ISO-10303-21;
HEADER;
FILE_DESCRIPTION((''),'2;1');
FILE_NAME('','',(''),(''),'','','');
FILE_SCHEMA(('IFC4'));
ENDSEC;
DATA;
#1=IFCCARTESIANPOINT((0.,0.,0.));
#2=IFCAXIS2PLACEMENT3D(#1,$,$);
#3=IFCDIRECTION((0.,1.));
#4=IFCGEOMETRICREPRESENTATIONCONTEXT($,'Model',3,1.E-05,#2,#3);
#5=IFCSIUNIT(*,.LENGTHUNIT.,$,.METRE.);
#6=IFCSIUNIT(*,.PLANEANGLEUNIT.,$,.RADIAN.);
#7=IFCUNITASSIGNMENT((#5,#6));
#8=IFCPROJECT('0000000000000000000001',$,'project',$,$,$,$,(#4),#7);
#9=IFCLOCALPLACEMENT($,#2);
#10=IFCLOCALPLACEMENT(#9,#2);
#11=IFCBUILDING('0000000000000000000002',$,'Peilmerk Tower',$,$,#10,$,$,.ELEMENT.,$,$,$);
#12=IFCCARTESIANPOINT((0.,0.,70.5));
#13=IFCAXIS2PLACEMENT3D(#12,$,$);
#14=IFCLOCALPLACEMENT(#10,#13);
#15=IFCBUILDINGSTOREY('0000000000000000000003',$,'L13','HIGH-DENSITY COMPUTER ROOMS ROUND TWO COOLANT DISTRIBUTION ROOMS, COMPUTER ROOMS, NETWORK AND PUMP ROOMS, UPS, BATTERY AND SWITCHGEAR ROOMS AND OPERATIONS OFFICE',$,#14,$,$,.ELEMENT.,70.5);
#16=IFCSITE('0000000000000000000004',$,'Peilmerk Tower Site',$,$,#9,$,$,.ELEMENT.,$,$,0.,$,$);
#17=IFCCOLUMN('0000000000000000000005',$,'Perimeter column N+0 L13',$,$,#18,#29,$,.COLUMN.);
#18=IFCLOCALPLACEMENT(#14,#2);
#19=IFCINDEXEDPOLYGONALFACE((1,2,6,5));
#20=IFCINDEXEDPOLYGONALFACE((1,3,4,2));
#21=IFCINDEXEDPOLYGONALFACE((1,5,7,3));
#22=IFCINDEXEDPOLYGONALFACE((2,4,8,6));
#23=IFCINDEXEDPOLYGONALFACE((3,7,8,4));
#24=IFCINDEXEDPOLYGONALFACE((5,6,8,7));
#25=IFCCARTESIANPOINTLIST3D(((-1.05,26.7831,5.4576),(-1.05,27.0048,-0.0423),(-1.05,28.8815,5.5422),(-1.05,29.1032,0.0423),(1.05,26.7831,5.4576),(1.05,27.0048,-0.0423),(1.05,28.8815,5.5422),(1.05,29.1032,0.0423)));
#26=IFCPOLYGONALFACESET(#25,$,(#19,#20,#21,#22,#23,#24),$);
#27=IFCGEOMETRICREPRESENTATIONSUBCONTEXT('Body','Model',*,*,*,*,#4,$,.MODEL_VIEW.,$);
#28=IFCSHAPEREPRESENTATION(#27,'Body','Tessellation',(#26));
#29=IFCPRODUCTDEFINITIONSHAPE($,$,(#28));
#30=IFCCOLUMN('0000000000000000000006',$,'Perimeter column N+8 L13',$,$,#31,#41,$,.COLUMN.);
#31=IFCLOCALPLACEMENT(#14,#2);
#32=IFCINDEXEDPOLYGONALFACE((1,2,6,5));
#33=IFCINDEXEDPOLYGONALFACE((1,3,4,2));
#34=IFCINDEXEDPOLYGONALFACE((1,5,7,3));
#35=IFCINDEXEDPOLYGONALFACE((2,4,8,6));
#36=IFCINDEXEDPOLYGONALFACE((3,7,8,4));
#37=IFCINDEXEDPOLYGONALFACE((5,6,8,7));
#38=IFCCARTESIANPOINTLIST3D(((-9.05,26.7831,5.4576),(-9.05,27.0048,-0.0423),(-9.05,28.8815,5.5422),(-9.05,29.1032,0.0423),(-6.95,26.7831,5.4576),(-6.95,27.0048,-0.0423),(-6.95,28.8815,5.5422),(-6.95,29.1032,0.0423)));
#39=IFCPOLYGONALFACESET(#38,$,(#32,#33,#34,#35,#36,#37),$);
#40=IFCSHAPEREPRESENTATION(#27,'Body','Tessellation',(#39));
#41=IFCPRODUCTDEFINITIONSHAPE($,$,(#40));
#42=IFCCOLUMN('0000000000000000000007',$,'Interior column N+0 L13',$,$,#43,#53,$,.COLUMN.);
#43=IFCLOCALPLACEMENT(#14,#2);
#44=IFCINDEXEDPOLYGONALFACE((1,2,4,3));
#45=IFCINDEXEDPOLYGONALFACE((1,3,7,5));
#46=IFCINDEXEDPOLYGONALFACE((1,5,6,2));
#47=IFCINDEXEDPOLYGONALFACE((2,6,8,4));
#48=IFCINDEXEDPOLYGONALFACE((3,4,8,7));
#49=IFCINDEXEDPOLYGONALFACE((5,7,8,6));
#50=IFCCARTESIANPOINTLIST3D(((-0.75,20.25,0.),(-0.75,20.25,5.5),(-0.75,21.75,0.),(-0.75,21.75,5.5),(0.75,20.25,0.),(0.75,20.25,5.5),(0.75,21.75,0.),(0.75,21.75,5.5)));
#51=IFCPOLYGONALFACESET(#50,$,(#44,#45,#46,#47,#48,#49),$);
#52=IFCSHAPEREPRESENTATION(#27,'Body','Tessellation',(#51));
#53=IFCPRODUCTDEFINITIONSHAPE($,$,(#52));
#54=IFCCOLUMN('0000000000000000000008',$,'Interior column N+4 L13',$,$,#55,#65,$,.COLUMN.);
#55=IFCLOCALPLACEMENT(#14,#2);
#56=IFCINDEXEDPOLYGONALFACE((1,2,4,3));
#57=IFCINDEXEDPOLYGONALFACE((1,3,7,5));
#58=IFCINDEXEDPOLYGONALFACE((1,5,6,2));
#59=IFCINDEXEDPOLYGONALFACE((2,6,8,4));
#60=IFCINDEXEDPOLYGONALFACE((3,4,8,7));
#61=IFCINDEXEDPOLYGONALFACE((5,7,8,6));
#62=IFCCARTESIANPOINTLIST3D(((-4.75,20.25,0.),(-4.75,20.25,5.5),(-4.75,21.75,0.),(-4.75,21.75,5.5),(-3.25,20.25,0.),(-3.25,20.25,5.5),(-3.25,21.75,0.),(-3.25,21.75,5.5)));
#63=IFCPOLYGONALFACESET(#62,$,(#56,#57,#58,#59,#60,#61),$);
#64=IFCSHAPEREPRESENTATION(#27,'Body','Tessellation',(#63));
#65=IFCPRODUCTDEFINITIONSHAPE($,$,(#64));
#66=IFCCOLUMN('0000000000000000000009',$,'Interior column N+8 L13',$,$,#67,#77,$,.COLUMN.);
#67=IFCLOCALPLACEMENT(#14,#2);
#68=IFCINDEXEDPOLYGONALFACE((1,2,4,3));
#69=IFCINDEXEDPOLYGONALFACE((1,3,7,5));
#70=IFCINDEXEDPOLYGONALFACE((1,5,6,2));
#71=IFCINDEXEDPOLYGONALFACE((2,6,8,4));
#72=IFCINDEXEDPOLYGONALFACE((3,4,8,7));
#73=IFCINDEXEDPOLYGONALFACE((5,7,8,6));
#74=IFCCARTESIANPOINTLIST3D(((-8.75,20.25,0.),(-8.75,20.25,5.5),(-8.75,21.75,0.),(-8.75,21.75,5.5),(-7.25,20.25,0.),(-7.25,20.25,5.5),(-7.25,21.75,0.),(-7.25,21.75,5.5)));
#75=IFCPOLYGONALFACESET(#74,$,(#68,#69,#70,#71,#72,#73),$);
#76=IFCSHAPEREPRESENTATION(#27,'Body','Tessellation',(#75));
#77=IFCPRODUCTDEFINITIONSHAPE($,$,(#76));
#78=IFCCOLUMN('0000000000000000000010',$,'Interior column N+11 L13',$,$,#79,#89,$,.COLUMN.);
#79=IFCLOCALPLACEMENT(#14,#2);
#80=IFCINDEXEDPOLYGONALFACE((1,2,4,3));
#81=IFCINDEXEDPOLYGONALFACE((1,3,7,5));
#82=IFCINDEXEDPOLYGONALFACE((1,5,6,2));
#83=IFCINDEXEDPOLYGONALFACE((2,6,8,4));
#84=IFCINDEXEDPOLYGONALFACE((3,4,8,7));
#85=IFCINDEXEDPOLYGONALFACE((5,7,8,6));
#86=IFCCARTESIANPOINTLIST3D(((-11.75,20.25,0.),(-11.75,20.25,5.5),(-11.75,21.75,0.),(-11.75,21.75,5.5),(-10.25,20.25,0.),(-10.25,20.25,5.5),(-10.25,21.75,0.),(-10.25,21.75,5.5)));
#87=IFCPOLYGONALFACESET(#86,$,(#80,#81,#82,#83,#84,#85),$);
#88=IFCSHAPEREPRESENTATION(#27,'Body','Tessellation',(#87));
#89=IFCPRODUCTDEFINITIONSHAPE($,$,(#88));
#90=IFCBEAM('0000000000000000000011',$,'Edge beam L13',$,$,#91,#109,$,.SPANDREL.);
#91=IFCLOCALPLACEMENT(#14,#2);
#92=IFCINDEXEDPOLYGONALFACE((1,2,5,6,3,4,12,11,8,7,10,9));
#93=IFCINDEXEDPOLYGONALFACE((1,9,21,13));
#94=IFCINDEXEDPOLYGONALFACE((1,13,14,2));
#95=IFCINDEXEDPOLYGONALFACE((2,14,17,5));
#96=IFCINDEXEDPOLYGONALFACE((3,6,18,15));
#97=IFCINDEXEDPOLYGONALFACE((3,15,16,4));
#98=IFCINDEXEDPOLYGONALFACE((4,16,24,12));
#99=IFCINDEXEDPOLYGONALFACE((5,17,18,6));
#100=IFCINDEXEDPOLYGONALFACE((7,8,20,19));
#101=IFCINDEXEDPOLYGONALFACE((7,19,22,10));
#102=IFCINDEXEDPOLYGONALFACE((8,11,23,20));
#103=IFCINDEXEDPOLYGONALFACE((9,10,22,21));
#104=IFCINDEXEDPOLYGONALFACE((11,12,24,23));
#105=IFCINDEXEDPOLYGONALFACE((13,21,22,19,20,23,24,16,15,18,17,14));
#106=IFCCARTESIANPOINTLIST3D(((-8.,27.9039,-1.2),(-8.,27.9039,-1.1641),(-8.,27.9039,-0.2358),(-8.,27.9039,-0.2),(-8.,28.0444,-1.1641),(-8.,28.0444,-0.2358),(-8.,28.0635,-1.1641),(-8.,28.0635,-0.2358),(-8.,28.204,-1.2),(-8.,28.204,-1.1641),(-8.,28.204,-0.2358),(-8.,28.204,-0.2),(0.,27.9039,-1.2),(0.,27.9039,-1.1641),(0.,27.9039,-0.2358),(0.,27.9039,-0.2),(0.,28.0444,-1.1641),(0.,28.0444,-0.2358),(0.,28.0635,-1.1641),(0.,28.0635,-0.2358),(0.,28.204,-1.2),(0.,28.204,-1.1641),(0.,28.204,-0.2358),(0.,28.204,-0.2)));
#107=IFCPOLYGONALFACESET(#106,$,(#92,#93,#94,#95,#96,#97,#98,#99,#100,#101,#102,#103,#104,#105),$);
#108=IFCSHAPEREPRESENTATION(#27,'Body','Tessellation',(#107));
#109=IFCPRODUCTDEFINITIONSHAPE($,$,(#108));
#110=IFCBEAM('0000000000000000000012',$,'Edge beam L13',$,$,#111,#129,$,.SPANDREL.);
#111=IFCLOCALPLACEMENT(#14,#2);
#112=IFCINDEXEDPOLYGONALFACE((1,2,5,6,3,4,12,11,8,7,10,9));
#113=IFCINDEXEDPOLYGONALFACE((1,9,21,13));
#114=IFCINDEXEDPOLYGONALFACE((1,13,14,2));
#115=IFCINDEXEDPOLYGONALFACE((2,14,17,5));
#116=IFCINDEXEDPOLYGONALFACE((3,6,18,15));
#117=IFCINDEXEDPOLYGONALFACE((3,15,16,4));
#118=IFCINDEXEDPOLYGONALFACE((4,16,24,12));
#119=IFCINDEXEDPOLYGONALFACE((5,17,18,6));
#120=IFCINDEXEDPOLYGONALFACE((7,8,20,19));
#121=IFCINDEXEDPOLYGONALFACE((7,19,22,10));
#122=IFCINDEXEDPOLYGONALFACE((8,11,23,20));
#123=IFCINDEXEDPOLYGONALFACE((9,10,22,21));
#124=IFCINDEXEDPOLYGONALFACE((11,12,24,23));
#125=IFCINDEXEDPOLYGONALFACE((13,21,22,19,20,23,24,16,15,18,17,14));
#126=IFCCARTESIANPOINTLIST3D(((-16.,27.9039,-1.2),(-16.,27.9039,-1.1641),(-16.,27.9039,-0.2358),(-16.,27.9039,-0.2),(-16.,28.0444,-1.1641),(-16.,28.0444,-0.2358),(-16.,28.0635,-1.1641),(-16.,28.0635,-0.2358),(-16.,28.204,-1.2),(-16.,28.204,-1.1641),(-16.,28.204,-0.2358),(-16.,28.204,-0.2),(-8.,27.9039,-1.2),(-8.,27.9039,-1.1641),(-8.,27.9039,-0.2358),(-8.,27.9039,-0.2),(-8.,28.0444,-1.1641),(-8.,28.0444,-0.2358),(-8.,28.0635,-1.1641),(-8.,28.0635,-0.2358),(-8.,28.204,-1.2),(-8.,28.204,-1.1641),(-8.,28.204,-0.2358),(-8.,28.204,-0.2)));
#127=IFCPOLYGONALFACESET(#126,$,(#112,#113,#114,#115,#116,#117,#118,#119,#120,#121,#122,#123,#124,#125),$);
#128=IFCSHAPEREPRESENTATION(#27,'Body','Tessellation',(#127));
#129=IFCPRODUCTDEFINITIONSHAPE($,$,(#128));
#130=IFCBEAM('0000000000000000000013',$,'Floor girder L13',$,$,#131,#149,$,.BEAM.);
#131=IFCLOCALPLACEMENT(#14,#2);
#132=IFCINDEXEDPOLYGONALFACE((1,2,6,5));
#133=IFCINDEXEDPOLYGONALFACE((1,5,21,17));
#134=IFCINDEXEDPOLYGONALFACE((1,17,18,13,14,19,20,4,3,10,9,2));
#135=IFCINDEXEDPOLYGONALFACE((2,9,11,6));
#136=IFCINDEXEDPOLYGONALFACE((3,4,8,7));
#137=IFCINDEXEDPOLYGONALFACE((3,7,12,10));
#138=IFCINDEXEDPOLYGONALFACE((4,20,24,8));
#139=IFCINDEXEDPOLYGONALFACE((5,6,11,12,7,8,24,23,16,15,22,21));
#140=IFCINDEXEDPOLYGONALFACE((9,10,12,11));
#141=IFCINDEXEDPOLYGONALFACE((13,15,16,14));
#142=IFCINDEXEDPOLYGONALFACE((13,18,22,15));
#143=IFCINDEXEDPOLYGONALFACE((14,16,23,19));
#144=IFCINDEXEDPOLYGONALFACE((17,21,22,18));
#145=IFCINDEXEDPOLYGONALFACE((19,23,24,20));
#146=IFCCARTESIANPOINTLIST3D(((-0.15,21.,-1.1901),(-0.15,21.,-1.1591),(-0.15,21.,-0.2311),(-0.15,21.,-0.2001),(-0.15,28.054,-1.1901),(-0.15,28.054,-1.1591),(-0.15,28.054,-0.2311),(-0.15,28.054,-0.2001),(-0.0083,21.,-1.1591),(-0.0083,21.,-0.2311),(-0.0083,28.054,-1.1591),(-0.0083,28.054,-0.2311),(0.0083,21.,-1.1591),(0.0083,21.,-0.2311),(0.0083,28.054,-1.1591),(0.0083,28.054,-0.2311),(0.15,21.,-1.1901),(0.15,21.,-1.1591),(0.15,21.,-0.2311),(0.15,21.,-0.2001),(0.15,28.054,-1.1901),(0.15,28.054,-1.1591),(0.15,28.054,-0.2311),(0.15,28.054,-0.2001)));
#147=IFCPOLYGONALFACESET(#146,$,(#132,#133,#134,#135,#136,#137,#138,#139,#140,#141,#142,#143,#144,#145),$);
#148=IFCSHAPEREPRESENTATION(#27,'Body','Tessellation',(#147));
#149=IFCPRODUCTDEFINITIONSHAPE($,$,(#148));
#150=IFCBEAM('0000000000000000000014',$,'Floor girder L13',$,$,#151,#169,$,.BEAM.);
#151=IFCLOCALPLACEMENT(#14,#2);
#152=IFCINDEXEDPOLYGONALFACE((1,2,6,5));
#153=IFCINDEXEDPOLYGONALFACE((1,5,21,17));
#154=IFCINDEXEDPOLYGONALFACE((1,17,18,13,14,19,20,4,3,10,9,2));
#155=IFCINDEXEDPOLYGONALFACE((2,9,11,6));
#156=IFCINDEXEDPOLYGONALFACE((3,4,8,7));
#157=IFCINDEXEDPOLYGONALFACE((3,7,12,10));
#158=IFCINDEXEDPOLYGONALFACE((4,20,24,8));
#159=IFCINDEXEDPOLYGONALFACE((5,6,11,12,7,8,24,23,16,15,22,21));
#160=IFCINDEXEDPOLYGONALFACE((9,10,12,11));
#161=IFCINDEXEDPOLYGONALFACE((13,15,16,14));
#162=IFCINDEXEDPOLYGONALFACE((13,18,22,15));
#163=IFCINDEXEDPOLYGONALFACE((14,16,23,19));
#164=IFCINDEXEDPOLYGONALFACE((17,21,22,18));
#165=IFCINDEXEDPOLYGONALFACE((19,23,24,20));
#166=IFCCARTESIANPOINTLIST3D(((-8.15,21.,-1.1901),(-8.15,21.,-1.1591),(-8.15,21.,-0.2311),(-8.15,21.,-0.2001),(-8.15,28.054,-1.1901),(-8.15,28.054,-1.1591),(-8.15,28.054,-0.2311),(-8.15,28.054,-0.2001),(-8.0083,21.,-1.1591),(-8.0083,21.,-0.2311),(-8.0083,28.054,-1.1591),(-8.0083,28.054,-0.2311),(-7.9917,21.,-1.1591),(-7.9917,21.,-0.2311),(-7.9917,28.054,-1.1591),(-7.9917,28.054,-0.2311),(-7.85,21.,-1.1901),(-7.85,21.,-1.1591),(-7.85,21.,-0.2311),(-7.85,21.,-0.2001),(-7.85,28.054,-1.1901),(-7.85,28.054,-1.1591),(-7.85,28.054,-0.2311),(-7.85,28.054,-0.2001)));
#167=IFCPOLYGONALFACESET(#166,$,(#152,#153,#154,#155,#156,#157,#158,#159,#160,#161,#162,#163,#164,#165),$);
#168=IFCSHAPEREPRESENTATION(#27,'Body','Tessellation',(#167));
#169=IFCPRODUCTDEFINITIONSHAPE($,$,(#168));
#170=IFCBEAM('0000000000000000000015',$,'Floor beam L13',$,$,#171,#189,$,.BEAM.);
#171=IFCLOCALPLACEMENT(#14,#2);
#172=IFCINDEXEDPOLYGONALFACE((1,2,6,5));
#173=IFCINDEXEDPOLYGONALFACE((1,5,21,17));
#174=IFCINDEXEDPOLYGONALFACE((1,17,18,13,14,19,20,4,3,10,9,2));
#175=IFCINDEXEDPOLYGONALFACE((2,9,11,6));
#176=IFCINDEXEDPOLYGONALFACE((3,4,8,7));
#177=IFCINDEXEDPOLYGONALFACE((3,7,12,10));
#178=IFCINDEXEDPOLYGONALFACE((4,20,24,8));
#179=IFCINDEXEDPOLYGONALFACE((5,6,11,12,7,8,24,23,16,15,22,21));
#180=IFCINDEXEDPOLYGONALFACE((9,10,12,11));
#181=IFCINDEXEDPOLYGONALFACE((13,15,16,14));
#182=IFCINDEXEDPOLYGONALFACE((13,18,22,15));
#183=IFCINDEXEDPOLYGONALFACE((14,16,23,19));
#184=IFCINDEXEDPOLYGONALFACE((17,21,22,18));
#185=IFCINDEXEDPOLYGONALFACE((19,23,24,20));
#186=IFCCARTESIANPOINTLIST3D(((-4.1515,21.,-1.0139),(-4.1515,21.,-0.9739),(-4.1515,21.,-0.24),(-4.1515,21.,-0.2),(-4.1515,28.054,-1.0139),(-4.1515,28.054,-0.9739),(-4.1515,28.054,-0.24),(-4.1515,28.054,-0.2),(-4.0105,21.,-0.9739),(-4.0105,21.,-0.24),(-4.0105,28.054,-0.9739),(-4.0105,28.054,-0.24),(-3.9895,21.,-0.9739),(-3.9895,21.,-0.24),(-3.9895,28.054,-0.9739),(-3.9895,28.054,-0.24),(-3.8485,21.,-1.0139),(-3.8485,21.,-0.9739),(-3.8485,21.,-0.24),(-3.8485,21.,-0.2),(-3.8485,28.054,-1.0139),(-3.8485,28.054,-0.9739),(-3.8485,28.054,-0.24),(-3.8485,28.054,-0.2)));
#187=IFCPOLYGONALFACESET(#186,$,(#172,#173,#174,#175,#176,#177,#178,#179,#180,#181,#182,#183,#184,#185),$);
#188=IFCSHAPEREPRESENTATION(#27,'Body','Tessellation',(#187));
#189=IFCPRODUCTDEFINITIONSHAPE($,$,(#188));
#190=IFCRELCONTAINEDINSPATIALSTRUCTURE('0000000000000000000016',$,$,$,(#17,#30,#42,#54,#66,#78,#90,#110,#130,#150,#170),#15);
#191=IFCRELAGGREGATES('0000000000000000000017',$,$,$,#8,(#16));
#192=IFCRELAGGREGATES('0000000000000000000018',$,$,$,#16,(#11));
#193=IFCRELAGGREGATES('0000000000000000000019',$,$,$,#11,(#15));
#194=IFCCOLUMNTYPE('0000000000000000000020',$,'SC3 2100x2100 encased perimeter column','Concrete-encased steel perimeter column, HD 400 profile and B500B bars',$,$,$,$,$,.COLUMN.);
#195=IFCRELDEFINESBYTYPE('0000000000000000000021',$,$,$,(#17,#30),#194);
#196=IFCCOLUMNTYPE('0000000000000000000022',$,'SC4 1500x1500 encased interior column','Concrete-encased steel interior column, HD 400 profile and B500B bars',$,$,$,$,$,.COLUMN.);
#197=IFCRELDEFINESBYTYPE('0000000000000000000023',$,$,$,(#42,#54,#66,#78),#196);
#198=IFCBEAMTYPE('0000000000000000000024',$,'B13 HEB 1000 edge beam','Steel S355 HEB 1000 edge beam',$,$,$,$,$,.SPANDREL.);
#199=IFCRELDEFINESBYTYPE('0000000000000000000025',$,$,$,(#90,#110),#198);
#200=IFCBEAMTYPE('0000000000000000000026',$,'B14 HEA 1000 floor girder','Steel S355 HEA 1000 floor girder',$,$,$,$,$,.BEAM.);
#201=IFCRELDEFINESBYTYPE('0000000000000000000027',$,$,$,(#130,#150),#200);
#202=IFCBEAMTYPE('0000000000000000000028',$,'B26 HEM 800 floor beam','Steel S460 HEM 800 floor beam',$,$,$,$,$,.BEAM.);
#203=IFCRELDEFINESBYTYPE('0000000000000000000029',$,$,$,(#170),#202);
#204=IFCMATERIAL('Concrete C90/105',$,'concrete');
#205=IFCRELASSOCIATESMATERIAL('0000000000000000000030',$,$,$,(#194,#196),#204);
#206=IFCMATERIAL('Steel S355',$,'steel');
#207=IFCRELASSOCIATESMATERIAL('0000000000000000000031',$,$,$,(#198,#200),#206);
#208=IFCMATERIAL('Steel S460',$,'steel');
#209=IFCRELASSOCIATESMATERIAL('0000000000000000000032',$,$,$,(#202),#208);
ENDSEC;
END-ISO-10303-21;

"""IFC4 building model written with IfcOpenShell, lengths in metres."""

from ifc_helpers import new_model, si_unit, direction, frame, origin, origin_2d, place, context, subcontext, project, spatial, rectangle, i_section, extrude, material, material_profile, profile_set, type_object, element, save


model = new_model("IFC4")

# Units and contexts
model_context = context("Model", 3, precision=1e-05, world=origin(), true_north=direction((0.0, 1.0)))
body_context = subcontext(model_context, "Body", "Model", "MODEL_VIEW")
ifc_project = project(units=[si_unit("LENGTHUNIT", "METRE"), si_unit("PLANEANGLEUNIT", "RADIAN")], contexts=[model_context])

# Site, building, storey
site_placement = place(None, origin())
site = spatial("IfcSite", under=ifc_project, at=site_placement, Name="Peilmerk Tower Site", CompositionType="ELEMENT", RefElevation=0.0)
building_placement = place(site_placement, origin())
building = spatial("IfcBuilding", under=site, at=building_placement, Name="Peilmerk Tower", CompositionType="ELEMENT")
storey_placement = place(building_placement, frame((0.0, 0.0, 70.5)))
storey = spatial("IfcBuildingStorey", under=building, at=storey_placement, Name="L13", Description="HIGH-DENSITY COMPUTER ROOMS ROUND TWO COOLANT DISTRIBUTION ROOMS, COMPUTER ROOMS, NETWORK AND PUMP ROOMS, UPS, BATTERY AND SWITCHGEAR ROOMS AND OPERATIONS OFFICE", CompositionType="ELEMENT", Elevation=70.5)

# Columns
ifc_material_1 = material(Name="Concrete C90/105", Category="concrete")
ifc_material_profile_1 = material_profile(ifc_material_1, rectangle(XDim=2.1001, YDim=2.1001, at=origin_2d()), Name="RC 2100x2100")
ifc_profile_set_1 = profile_set([ifc_material_profile_1], Name="Concrete C90/105")
column_type_1 = type_object("IfcColumnType", Name="SC3 2100x2100 encased perimeter column", Description="Concrete-encased steel perimeter column, HD 400 profile and B500B bars", PredefinedType="COLUMN", material=ifc_profile_set_1)
for number, where, z_axis, x_axis, name in (
    (1, (0.0, 28.054, 0.0), (0.0, -0.040273, 0.999189), (1.0, 0.0, 0.0), "Perimeter column N+0 L13"),
    (2, (-8.0, 28.054, 0.0), (0.0, -0.040273, 0.999189), (1.0, 0.0, 0.0), "Perimeter column N+8 L13"),
):
    element("IfcColumn", number, at=place(storey_placement, frame(where, z_axis=z_axis, x_axis=x_axis)), inside=storey, type_object=column_type_1, Name=name, PredefinedType="COLUMN", context=body_context, shape_type="SweptSolid", body=[
        extrude(rectangle(XDim=2.1001, YDim=2.1001, at=origin_2d()), origin(), (0.0, 0.0, 1.0), 5.5044),
    ])
ifc_material_profile_2 = material_profile(ifc_material_1, rectangle(XDim=1.5, YDim=1.5, at=origin_2d()), Name="RC 1500x1500")
ifc_profile_set_2 = profile_set([ifc_material_profile_2], Name="Concrete C90/105")
column_type_2 = type_object("IfcColumnType", Name="SC4 1500x1500 encased interior column", Description="Concrete-encased steel interior column, HD 400 profile and B500B bars", PredefinedType="COLUMN", material=ifc_profile_set_2)
for number, where, z_axis, x_axis, name in (
    (3, (0.0, 21.0, 0.0), (0.0, 0.0, 1.0), (1.0, 0.0, 0.0), "Interior column N+0 L13"),
    (4, (-4.0, 21.0, 0.0), (0.0, 0.0, 1.0), (1.0, 0.0, 0.0), "Interior column N+4 L13"),
    (5, (-8.0, 21.0, 0.0), (0.0, 0.0, 1.0), (1.0, 0.0, 0.0), "Interior column N+8 L13"),
    (6, (-11.0, 21.0, 0.0), (0.0, 0.0, 1.0), (1.0, 0.0, 0.0), "Interior column N+11 L13"),
):
    element("IfcColumn", number, at=place(storey_placement, frame(where, z_axis=z_axis, x_axis=x_axis)), inside=storey, type_object=column_type_2, Name=name, PredefinedType="COLUMN", context=body_context, shape_type="SweptSolid", body=[
        extrude(rectangle(XDim=1.5, YDim=1.5, at=origin_2d()), origin(), (0.0, 0.0, 1.0), 5.5),
    ])

# Beams
ifc_material_2 = material(Name="Steel S355", Category="steel")
ifc_material_profile_3 = material_profile(ifc_material_2, i_section(OverallWidth=0.3, OverallDepth=1.0, WebThickness=0.019, FlangeThickness=0.0359, at=origin_2d()), Name="HEB 1000")
ifc_profile_set_3 = profile_set([ifc_material_profile_3], Name="Steel S355")
beam_type_1 = type_object("IfcBeamType", Name="B13 HEB 1000 edge beam", Description="Steel S355 HEB 1000 edge beam", PredefinedType="SPANDREL", material=ifc_profile_set_3)
for number, where, z_axis, x_axis, name in (
    (7, (0.0, 28.054, -0.7), (-1.0, 0.0, 0.0), (0.0, -1.0, 0.0), "Edge beam L13"),
    (8, (-8.0, 28.054, -0.7), (-1.0, 0.0, 0.0), (0.0, -1.0, 0.0), "Edge beam L13"),
):
    element("IfcBeam", number, at=place(storey_placement, frame(where, z_axis=z_axis, x_axis=x_axis)), inside=storey, type_object=beam_type_1, Name=name, PredefinedType="SPANDREL", context=body_context, shape_type="SweptSolid", body=[
        extrude(i_section(OverallWidth=0.3, OverallDepth=1.0, WebThickness=0.019, FlangeThickness=0.0359, at=origin_2d()), origin(), (0.0, 0.0, 1.0), 8.0),
    ])
ifc_material_profile_4 = material_profile(ifc_material_2, i_section(OverallWidth=0.3, OverallDepth=0.99, WebThickness=0.0166, FlangeThickness=0.031, at=origin_2d()), Name="HEA 1000")
ifc_profile_set_4 = profile_set([ifc_material_profile_4], Name="Steel S355")
beam_type_2 = type_object("IfcBeamType", Name="B14 HEA 1000 floor girder", Description="Steel S355 HEA 1000 floor girder", PredefinedType="BEAM", material=ifc_profile_set_4)
for number, where, z_axis, x_axis, name in (
    (9, (0.0, 21.0, -0.6951), (0.0, 1.0, 0.0), (-1.0, 0.0, 0.0), "Floor girder L13"),
    (10, (-8.0, 21.0, -0.6951), (0.0, 1.0, 0.0), (-1.0, 0.0, 0.0), "Floor girder L13"),
):
    element("IfcBeam", number, at=place(storey_placement, frame(where, z_axis=z_axis, x_axis=x_axis)), inside=storey, type_object=beam_type_2, Name=name, PredefinedType="BEAM", context=body_context, shape_type="SweptSolid", body=[
        extrude(i_section(OverallWidth=0.3, OverallDepth=0.99, WebThickness=0.0166, FlangeThickness=0.031, at=origin_2d()), origin(), (0.0, 0.0, 1.0), 7.054),
    ])
ifc_material_3 = material(Name="Steel S460", Category="steel")
ifc_material_profile_5 = material_profile(ifc_material_3, i_section(OverallWidth=0.303, OverallDepth=0.814, WebThickness=0.021, FlangeThickness=0.04, at=origin_2d()), Name="HEM 800")
ifc_profile_set_5 = profile_set([ifc_material_profile_5], Name="Steel S460")
beam_type_3 = type_object("IfcBeamType", Name="B26 HEM 800 floor beam", Description="Steel S460 HEM 800 floor beam", PredefinedType="BEAM", material=ifc_profile_set_5)
for number, where, z_axis, x_axis, name in (
    (11, (-4.0, 21.0, -0.6069), (0.0, 1.0, 0.0), (-1.0, 0.0, 0.0), "Floor beam L13"),
):
    element("IfcBeam", number, at=place(storey_placement, frame(where, z_axis=z_axis, x_axis=x_axis)), inside=storey, type_object=beam_type_3, Name=name, PredefinedType="BEAM", context=body_context, shape_type="SweptSolid", body=[
        extrude(i_section(OverallWidth=0.303, OverallDepth=0.814, WebThickness=0.021, FlangeThickness=0.04, at=origin_2d()), origin(), (0.0, 0.0, 1.0), 7.054),
    ])

save(model, "model.ifc")
